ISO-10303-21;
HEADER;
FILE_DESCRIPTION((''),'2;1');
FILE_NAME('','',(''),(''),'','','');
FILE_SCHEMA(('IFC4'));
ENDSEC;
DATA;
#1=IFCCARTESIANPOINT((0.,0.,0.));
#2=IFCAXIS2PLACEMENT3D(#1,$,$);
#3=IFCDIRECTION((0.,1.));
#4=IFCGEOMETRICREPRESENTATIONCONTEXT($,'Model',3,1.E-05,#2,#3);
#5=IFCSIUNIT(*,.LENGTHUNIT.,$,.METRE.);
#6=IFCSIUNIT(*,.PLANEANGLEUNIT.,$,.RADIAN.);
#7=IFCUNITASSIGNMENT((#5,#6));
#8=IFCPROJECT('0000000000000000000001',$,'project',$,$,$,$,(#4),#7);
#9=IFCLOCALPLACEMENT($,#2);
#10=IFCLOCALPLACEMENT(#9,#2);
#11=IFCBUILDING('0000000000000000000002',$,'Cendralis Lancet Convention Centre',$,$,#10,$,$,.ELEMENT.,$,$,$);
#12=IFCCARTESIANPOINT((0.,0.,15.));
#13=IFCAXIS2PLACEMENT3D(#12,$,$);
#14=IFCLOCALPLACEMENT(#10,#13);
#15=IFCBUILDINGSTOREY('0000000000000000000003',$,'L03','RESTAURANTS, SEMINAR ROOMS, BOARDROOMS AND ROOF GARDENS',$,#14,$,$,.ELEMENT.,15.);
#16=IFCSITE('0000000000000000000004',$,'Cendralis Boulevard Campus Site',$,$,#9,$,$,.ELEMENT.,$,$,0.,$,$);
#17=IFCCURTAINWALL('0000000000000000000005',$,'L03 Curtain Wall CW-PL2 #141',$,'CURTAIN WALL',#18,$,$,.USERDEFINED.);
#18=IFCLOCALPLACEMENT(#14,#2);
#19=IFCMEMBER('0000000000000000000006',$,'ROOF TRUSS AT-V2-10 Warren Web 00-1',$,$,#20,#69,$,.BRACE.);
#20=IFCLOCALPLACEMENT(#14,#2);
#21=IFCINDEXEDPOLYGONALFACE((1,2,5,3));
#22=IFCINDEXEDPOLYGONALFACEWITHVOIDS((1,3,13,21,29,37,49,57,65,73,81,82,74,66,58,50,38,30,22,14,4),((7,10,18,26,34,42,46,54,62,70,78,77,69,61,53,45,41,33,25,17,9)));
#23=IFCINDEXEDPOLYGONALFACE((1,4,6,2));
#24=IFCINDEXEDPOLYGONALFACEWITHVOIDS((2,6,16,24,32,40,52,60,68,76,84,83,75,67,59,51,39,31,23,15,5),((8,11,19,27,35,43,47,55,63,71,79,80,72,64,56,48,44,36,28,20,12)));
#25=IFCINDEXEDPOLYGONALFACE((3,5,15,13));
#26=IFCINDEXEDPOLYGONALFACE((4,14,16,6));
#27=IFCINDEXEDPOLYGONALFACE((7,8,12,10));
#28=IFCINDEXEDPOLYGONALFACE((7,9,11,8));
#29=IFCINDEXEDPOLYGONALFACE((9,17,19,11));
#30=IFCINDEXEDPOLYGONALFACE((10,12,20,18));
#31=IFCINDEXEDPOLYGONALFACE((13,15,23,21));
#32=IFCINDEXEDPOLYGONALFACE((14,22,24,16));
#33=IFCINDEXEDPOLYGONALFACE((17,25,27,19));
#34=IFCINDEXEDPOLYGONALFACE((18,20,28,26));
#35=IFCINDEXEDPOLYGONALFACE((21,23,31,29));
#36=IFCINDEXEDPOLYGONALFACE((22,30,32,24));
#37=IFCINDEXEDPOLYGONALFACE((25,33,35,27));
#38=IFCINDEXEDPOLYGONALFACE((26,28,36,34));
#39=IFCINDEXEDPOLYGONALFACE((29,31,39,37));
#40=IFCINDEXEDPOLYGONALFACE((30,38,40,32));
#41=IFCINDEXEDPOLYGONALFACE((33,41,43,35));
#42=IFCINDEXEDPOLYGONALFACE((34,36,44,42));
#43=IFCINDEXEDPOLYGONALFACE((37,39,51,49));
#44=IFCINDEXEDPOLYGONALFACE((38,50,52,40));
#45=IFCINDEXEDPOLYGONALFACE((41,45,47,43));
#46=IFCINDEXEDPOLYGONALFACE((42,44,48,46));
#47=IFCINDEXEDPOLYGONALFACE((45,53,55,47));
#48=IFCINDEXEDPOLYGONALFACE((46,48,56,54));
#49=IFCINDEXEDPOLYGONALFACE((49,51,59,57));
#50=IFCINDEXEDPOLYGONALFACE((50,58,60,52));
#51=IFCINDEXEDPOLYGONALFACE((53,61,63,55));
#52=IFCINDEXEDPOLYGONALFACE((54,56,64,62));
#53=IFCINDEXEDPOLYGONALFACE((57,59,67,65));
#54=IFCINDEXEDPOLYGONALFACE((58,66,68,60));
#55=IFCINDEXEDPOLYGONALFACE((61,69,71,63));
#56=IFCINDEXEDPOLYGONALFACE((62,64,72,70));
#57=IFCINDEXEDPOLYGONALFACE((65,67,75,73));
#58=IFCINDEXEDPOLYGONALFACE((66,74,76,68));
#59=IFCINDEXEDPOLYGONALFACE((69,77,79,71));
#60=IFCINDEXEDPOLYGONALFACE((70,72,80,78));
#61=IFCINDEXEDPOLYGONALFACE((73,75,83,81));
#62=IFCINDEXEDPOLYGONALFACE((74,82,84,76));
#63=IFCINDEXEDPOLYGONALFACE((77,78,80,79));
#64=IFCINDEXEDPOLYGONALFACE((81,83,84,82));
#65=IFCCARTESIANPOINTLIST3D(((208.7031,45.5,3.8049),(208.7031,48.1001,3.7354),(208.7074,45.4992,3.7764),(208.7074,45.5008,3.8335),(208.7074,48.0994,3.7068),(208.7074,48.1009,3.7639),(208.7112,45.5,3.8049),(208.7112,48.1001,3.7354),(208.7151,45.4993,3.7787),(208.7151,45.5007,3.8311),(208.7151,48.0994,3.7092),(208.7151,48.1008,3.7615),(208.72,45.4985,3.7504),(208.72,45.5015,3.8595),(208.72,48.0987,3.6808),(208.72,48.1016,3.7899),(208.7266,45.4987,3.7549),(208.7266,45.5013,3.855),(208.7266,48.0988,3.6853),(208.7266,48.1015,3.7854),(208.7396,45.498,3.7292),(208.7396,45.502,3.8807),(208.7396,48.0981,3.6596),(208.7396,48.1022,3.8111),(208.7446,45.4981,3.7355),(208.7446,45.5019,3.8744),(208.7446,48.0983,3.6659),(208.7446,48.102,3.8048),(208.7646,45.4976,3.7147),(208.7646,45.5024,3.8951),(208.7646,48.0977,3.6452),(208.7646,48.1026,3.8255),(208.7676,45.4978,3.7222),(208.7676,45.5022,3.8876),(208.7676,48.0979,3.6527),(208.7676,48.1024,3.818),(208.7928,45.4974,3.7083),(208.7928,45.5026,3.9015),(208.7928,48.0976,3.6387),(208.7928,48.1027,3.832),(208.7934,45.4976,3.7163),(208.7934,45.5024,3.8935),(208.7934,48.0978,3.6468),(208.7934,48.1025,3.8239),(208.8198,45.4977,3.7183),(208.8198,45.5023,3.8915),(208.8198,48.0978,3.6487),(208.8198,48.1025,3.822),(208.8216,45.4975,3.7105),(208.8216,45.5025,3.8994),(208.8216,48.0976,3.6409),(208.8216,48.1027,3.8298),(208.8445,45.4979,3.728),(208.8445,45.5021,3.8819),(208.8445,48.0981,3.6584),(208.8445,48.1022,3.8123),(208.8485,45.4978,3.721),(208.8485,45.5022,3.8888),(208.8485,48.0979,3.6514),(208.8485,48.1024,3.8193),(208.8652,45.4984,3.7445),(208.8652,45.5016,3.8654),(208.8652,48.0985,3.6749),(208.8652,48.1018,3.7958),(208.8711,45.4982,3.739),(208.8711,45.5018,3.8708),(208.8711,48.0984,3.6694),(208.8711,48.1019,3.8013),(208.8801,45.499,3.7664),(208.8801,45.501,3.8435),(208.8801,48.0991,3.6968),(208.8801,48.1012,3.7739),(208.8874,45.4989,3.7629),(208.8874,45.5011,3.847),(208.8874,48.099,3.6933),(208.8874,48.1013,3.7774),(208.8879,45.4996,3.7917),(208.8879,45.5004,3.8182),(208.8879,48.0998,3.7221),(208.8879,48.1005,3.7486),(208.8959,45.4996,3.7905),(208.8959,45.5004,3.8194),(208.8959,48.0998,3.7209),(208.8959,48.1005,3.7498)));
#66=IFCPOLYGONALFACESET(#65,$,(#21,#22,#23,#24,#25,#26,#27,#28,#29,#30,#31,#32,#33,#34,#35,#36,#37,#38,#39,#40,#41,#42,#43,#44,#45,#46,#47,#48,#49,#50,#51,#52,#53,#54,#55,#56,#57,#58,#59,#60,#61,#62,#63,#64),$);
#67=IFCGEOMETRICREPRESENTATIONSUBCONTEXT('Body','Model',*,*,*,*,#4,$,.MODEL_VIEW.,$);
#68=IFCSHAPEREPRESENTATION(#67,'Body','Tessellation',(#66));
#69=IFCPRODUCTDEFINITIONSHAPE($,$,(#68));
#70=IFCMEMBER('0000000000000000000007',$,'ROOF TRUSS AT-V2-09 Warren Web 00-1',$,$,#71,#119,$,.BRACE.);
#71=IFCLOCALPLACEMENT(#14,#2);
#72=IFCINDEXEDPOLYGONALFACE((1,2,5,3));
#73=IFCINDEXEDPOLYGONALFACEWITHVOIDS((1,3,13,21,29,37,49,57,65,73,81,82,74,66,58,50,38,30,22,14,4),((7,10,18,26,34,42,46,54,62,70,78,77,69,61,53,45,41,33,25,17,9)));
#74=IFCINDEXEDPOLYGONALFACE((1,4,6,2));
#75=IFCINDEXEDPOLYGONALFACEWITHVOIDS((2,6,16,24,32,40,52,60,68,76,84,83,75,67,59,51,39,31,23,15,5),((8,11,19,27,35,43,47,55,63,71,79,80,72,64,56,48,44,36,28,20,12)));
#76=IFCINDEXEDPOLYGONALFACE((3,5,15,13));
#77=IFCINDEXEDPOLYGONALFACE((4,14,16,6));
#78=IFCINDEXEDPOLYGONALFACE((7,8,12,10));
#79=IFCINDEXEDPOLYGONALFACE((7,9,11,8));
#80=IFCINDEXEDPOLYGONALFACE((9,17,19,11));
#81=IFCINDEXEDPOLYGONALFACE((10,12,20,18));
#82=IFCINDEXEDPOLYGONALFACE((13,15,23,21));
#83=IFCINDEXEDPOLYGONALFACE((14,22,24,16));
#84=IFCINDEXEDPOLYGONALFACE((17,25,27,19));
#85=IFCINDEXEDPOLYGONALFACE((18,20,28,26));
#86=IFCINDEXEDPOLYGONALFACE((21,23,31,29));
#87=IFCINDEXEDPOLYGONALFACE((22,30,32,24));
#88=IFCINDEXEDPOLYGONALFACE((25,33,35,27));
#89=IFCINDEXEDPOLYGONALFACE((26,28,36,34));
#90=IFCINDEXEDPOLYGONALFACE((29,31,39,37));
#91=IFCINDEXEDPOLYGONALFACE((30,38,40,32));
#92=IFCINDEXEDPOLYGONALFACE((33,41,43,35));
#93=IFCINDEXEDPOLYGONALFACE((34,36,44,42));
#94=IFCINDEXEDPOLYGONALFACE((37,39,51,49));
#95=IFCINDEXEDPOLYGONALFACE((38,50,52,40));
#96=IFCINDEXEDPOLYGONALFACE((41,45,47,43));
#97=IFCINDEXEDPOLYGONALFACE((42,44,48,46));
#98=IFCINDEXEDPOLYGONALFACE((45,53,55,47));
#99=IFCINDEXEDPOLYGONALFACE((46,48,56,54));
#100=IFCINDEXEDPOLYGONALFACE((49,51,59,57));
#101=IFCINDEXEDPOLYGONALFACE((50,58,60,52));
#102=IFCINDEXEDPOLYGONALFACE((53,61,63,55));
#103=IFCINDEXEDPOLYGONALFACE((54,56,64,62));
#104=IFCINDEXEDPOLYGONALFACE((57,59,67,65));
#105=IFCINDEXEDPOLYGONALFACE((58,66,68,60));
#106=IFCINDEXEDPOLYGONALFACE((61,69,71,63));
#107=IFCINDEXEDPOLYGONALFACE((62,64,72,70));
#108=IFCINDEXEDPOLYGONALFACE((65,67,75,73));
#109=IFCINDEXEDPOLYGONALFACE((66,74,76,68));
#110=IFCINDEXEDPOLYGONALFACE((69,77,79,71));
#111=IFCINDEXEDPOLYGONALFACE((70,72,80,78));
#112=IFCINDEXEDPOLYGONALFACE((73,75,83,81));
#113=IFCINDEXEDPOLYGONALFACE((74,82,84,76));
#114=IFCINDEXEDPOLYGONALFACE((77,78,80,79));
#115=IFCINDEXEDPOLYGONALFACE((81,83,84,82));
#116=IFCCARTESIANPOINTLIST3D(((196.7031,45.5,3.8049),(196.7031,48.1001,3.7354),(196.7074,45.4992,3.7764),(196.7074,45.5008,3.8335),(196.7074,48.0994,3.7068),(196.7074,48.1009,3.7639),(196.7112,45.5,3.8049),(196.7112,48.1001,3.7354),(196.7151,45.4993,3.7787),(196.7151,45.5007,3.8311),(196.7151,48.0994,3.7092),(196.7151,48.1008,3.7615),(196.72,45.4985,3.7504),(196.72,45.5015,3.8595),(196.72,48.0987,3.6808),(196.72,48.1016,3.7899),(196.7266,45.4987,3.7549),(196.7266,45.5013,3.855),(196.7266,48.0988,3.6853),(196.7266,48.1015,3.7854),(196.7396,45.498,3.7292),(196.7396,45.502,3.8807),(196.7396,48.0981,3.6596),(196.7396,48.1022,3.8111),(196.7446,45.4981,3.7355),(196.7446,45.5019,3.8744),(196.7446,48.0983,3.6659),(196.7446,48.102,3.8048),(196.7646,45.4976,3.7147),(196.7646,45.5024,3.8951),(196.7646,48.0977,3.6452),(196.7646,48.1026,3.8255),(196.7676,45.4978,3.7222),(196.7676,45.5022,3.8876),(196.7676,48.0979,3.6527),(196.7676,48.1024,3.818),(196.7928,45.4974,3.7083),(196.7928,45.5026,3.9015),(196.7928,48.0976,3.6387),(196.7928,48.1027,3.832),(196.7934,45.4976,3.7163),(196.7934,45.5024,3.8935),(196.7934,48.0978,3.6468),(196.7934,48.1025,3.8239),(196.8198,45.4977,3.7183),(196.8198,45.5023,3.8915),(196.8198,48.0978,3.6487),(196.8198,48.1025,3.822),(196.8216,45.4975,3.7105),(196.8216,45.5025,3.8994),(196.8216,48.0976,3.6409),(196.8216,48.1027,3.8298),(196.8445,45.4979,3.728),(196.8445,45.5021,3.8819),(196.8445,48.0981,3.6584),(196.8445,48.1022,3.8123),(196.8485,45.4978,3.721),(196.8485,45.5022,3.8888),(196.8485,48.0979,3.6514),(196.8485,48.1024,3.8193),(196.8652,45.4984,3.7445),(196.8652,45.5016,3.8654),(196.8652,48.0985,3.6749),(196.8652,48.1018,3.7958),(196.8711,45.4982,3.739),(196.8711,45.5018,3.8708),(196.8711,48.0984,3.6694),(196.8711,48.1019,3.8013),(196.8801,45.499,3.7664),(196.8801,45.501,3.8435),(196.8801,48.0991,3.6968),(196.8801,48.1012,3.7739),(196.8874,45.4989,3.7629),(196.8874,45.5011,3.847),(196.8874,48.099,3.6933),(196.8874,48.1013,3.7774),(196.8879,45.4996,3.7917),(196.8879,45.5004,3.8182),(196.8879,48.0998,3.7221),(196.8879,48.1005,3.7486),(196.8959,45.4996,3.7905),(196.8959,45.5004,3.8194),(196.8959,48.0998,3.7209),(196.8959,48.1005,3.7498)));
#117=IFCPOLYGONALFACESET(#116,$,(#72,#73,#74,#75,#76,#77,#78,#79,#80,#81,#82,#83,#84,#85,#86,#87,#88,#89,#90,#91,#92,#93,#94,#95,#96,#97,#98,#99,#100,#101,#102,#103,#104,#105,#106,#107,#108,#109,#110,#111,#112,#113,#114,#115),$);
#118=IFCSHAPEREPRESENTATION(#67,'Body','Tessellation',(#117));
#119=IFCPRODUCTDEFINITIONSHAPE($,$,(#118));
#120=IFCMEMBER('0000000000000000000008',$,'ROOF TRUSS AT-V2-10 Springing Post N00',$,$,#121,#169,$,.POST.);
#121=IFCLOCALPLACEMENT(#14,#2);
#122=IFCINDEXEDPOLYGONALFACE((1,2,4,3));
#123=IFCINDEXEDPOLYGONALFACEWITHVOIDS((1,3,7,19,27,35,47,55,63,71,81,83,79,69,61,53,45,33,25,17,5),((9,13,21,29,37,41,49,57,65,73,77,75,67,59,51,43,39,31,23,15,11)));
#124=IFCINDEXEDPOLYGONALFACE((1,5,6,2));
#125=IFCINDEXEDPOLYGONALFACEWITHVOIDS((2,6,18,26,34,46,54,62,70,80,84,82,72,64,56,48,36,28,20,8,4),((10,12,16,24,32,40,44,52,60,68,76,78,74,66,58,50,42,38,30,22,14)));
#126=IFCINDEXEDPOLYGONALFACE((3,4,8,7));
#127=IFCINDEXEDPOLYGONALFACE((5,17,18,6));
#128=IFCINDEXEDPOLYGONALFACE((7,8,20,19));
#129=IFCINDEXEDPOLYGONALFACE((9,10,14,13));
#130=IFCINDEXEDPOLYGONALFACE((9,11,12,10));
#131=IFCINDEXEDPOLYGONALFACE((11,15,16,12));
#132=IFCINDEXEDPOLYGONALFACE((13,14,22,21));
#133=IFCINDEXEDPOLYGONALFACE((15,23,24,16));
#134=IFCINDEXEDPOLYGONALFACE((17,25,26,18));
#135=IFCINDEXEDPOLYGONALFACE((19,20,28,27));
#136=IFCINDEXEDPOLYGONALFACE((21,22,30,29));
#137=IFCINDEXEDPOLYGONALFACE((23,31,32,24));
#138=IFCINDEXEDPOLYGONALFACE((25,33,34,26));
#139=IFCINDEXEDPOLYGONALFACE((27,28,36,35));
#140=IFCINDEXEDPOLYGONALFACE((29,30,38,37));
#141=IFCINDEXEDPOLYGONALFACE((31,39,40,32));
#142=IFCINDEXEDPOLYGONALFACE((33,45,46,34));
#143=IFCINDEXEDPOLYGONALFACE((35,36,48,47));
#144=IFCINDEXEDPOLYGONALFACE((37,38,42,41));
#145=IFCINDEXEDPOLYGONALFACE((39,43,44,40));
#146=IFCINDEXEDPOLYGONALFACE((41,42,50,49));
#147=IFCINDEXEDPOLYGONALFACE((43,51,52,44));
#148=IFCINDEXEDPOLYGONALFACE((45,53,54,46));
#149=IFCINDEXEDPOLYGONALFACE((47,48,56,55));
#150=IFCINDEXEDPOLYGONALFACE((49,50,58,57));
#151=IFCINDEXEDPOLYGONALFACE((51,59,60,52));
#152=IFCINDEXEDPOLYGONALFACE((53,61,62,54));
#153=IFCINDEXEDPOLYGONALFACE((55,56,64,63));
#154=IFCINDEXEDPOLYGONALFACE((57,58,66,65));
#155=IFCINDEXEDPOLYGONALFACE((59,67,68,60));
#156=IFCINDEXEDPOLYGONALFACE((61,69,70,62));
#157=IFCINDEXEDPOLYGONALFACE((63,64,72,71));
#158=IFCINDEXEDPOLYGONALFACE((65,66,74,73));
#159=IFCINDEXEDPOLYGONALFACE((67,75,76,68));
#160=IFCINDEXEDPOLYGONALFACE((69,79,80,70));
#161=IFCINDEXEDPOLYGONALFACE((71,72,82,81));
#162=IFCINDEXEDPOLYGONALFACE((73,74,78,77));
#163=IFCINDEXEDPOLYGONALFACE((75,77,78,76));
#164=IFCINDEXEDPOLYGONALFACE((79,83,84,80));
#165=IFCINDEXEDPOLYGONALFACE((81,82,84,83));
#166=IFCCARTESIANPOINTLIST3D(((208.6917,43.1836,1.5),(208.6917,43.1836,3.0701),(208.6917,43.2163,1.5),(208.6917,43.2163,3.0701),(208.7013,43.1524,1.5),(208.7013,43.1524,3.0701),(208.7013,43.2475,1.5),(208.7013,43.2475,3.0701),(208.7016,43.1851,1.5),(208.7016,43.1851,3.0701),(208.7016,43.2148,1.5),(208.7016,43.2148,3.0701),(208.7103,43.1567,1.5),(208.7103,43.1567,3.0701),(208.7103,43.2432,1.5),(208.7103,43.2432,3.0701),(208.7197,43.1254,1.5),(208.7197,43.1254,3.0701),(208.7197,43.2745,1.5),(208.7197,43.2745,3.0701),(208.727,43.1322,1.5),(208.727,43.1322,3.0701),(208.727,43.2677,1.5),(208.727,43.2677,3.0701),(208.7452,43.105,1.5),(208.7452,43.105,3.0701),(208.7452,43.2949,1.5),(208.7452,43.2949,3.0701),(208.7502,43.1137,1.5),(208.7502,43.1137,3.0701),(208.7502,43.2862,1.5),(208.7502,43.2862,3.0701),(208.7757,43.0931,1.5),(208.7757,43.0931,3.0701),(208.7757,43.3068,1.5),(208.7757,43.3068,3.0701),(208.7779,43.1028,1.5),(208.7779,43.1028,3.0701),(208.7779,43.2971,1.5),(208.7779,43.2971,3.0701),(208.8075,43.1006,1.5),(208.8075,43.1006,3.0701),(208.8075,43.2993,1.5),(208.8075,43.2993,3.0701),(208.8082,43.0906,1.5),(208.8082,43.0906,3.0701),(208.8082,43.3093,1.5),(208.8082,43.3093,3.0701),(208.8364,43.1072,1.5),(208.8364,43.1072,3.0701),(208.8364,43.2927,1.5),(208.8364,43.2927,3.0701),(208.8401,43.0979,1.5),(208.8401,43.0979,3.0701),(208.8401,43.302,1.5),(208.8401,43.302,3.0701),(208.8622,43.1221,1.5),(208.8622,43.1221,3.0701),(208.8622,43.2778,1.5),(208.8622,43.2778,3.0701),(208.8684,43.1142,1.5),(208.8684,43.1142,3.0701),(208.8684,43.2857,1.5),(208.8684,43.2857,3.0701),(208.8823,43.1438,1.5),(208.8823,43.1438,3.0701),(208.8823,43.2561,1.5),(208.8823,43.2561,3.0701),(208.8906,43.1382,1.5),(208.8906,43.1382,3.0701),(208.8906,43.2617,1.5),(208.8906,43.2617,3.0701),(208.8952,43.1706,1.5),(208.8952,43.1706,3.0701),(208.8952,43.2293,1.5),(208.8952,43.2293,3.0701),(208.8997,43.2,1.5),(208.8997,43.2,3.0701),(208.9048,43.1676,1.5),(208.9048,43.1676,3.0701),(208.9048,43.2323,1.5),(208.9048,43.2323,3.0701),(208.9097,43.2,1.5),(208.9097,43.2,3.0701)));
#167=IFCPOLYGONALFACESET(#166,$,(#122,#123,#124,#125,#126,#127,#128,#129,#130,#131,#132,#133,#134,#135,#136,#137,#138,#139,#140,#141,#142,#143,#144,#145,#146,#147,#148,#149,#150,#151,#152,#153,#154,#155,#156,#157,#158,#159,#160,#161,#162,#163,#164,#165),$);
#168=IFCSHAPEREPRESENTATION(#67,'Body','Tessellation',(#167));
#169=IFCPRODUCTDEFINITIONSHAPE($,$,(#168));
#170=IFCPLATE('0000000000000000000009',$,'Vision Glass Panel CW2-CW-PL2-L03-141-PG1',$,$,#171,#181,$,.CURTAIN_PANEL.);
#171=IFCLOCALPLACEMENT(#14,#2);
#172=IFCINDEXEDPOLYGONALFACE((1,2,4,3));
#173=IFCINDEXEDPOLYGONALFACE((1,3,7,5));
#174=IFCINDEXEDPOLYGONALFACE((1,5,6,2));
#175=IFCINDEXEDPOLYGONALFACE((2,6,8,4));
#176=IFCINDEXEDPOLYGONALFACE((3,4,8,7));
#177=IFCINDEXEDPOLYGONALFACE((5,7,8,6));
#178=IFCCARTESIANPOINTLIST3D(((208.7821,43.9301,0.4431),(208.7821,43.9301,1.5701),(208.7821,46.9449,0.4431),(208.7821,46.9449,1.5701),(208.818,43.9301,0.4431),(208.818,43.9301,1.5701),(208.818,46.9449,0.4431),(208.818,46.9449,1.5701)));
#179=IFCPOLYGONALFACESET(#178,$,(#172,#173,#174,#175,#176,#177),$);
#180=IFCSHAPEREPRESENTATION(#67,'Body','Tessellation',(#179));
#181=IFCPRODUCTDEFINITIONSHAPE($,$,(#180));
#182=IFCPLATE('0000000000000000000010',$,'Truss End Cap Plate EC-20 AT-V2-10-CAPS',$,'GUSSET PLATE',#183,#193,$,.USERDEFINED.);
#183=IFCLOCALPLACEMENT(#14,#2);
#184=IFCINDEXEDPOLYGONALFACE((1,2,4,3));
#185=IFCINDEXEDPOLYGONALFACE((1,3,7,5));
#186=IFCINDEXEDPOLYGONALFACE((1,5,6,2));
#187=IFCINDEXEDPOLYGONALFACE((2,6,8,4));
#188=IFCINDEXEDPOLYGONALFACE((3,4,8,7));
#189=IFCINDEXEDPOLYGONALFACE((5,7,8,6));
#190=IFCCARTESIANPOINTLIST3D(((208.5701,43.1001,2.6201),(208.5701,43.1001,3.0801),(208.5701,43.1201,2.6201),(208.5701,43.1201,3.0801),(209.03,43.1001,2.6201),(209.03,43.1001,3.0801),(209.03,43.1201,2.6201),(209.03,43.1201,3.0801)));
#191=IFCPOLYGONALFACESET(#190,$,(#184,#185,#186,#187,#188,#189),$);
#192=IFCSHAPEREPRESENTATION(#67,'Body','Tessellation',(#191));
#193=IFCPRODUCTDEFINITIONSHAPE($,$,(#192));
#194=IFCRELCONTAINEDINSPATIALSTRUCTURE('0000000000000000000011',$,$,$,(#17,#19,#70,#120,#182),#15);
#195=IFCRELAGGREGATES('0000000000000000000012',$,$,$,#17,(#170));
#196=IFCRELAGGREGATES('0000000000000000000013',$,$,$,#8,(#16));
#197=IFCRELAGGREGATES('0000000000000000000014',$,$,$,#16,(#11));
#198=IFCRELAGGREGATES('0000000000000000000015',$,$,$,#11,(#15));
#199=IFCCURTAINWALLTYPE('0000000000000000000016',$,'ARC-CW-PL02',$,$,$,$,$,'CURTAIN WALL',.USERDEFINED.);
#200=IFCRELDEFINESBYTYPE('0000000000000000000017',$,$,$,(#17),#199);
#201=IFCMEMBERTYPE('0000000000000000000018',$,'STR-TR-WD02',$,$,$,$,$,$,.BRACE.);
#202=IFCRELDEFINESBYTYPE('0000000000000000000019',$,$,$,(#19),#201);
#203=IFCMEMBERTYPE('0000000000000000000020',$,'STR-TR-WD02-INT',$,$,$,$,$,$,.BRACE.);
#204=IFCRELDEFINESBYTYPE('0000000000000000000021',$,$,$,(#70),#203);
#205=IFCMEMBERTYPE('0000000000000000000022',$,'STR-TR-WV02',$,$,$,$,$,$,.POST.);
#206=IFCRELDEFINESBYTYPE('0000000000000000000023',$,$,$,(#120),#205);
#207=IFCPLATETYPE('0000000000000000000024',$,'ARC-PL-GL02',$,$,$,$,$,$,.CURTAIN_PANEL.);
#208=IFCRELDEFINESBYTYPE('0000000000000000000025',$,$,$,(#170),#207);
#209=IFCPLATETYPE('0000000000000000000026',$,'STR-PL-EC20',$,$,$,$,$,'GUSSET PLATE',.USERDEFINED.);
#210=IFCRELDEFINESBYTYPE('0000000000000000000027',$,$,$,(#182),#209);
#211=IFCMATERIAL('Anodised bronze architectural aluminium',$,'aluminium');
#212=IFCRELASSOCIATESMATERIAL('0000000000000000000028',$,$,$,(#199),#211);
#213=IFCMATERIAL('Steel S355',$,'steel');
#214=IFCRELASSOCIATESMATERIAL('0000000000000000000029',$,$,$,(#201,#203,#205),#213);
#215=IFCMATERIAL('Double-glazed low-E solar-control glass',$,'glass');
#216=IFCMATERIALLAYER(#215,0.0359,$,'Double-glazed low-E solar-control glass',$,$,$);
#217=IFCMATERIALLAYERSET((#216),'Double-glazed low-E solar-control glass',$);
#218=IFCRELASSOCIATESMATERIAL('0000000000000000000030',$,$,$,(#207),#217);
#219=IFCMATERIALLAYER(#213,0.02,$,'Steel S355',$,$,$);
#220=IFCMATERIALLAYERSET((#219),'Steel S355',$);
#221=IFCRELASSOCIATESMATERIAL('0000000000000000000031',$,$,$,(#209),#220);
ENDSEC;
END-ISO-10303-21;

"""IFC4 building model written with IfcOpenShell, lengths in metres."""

from ifc_helpers import new_model, si_unit, direction, frame, origin, origin_2d, place, context, subcontext, project, spatial, rectangle, hollow_circle, extrude, material, layer, layer_set, material_profile, profile_set, type_object, element, aggregate, save


model = new_model("IFC4")

# Units and contexts
model_context = context("Model", 3, precision=1e-05, world=origin(), true_north=direction((0.0, 1.0)))
body_context = subcontext(model_context, "Body", "Model", "MODEL_VIEW")
ifc_project = project(units=[si_unit("LENGTHUNIT", "METRE"), si_unit("PLANEANGLEUNIT", "RADIAN")], contexts=[model_context])

# Site, building, storey
site_placement = place(None, origin())
site = spatial("IfcSite", under=ifc_project, at=site_placement, Name="Cendralis Boulevard Campus Site", CompositionType="ELEMENT", RefElevation=0.0)
building_placement = place(site_placement, origin())
building = spatial("IfcBuilding", under=site, at=building_placement, Name="Cendralis Lancet Convention Centre", CompositionType="ELEMENT")
storey_placement = place(building_placement, frame((0.0, 0.0, 15.0)))
storey = spatial("IfcBuildingStorey", under=building, at=storey_placement, Name="L03", Description="RESTAURANTS, SEMINAR ROOMS, BOARDROOMS AND ROOF GARDENS", CompositionType="ELEMENT", Elevation=15.0)

# Curtain wall
ifc_material_1 = material(Name="Anodised bronze architectural aluminium", Category="aluminium")
curtain_wall_type = type_object("IfcCurtainWallType", Name="ARC-CW-PL02", ElementType="CURTAIN WALL", PredefinedType="USERDEFINED", material=ifc_material_1)
curtain_wall_placement = place(storey_placement, origin())
curtain_wall = element("IfcCurtainWall", 1, at=curtain_wall_placement, inside=storey, type_object=curtain_wall_type, Name="L03 Curtain Wall CW-PL2 #141", ObjectType="CURTAIN WALL", PredefinedType="USERDEFINED")

# Shared definitions
ifc_material_2 = material(Name="Steel S355", Category="steel")

# Members
ifc_material_profile_1 = material_profile(ifc_material_2, hollow_circle(Radius=0.0969, WallThickness=0.0081, at=origin_2d()), Name="CHS 193.7x8.0")
ifc_profile_set_1 = profile_set([ifc_material_profile_1], Name="Steel S355")
member_type_1 = type_object("IfcMemberType", Name="STR-TR-WD02", PredefinedType="BRACE", material=ifc_profile_set_1)
member_1_placement = place(storey_placement, frame((208.8, 45.5, 3.8049), z_axis=(0.0, 0.999642, -0.026751), x_axis=(-1.0, 0.0, 0.0)))
element("IfcMember", 2, at=member_1_placement, inside=storey, type_object=member_type_1, Name="ROOF TRUSS AT-V2-10 Warren Web 00-1", PredefinedType="BRACE", context=body_context, shape_type="SweptSolid", body=[
    extrude(hollow_circle(Radius=0.0969, WallThickness=0.0081, at=origin_2d()), origin(), (0.0, 0.0, 1.0), 2.6011),
])
ifc_material_profile_2 = material_profile(ifc_material_2, hollow_circle(Radius=0.0969, WallThickness=0.0081, at=origin_2d()), Name="CHS 193.7x8.0")
ifc_profile_set_2 = profile_set([ifc_material_profile_2], Name="Steel S355")
member_type_2 = type_object("IfcMemberType", Name="STR-TR-WD02-INT", PredefinedType="BRACE", material=ifc_profile_set_2)
member_2_placement = place(storey_placement, frame((196.8, 45.5, 3.8049), z_axis=(0.0, 0.999642, -0.026751), x_axis=(-1.0, 0.0, 0.0)))
element("IfcMember", 3, at=member_2_placement, inside=storey, type_object=member_type_2, Name="ROOF TRUSS AT-V2-09 Warren Web 00-1", PredefinedType="BRACE", context=body_context, shape_type="SweptSolid", body=[
    extrude(hollow_circle(Radius=0.0969, WallThickness=0.0081, at=origin_2d()), origin(), (0.0, 0.0, 1.0), 2.6011),
])
ifc_material_profile_3 = material_profile(ifc_material_2, hollow_circle(Radius=0.1096, WallThickness=0.01, at=origin_2d()), Name="CHS 219.1x10.0")
ifc_profile_set_3 = profile_set([ifc_material_profile_3], Name="Steel S355")
member_type_3 = type_object("IfcMemberType", Name="STR-TR-WV02", PredefinedType="POST", material=ifc_profile_set_3)
member_3_placement = place(storey_placement, frame((208.8, 43.2, 1.5), z_axis=(0.0, 0.0, 1.0), x_axis=(1.0, 0.0, 0.0)))
element("IfcMember", 4, at=member_3_placement, inside=storey, type_object=member_type_3, Name="ROOF TRUSS AT-V2-10 Springing Post N00", PredefinedType="POST", context=body_context, shape_type="SweptSolid", body=[
    extrude(hollow_circle(Radius=0.1096, WallThickness=0.01, at=origin_2d()), origin(), (0.0, 0.0, 1.0), 1.5701),
])

# Plate
ifc_material_3 = material(Name="Double-glazed low-E solar-control glass", Category="glass")
ifc_layer_1 = layer(ifc_material_3, 0.0359, Name="Double-glazed low-E solar-control glass")
ifc_layer_set_1 = layer_set([ifc_layer_1], Name="Double-glazed low-E solar-control glass")
plate_type_1 = type_object("IfcPlateType", Name="ARC-PL-GL02", PredefinedType="CURTAIN_PANEL", material=ifc_layer_set_1)
plate_1_placement = place(storey_placement, frame((208.8, 45.4375, 0.4431), z_axis=(0.0, 0.0, 1.0), x_axis=(0.0, -1.0, 0.0)))
plate_1 = element("IfcPlate", 5, at=plate_1_placement, type_object=plate_type_1, Name="Vision Glass Panel CW2-CW-PL2-L03-141-PG1", PredefinedType="CURTAIN_PANEL", context=body_context, shape_type="SweptSolid", body=[
    extrude(rectangle(XDim=3.0149, YDim=0.0359, at=origin_2d()), origin(), (0.0, 0.0, 1.0), 1.127),
])
aggregate(curtain_wall, [plate_1])

# Plate
ifc_layer_2 = layer(ifc_material_2, 0.02, Name="Steel S355")
ifc_layer_set_2 = layer_set([ifc_layer_2], Name="Steel S355")
plate_type_2 = type_object("IfcPlateType", Name="STR-PL-EC20", ElementType="GUSSET PLATE", PredefinedType="USERDEFINED", material=ifc_layer_set_2)
plate_2_placement = place(storey_placement, frame((208.8, 43.1101, 2.6201), z_axis=(0.0, 0.0, 1.0), x_axis=(1.0, 0.0, 0.0)))
element("IfcPlate", 6, at=plate_2_placement, inside=storey, type_object=plate_type_2, Name="Truss End Cap Plate EC-20 AT-V2-10-CAPS", ObjectType="GUSSET PLATE", PredefinedType="USERDEFINED", context=body_context, shape_type="SweptSolid", body=[
    extrude(rectangle(XDim=0.46, YDim=0.02, at=origin_2d()), origin(), (0.0, 0.0, 1.0), 0.46),
])

save(model, "model.ifc")
